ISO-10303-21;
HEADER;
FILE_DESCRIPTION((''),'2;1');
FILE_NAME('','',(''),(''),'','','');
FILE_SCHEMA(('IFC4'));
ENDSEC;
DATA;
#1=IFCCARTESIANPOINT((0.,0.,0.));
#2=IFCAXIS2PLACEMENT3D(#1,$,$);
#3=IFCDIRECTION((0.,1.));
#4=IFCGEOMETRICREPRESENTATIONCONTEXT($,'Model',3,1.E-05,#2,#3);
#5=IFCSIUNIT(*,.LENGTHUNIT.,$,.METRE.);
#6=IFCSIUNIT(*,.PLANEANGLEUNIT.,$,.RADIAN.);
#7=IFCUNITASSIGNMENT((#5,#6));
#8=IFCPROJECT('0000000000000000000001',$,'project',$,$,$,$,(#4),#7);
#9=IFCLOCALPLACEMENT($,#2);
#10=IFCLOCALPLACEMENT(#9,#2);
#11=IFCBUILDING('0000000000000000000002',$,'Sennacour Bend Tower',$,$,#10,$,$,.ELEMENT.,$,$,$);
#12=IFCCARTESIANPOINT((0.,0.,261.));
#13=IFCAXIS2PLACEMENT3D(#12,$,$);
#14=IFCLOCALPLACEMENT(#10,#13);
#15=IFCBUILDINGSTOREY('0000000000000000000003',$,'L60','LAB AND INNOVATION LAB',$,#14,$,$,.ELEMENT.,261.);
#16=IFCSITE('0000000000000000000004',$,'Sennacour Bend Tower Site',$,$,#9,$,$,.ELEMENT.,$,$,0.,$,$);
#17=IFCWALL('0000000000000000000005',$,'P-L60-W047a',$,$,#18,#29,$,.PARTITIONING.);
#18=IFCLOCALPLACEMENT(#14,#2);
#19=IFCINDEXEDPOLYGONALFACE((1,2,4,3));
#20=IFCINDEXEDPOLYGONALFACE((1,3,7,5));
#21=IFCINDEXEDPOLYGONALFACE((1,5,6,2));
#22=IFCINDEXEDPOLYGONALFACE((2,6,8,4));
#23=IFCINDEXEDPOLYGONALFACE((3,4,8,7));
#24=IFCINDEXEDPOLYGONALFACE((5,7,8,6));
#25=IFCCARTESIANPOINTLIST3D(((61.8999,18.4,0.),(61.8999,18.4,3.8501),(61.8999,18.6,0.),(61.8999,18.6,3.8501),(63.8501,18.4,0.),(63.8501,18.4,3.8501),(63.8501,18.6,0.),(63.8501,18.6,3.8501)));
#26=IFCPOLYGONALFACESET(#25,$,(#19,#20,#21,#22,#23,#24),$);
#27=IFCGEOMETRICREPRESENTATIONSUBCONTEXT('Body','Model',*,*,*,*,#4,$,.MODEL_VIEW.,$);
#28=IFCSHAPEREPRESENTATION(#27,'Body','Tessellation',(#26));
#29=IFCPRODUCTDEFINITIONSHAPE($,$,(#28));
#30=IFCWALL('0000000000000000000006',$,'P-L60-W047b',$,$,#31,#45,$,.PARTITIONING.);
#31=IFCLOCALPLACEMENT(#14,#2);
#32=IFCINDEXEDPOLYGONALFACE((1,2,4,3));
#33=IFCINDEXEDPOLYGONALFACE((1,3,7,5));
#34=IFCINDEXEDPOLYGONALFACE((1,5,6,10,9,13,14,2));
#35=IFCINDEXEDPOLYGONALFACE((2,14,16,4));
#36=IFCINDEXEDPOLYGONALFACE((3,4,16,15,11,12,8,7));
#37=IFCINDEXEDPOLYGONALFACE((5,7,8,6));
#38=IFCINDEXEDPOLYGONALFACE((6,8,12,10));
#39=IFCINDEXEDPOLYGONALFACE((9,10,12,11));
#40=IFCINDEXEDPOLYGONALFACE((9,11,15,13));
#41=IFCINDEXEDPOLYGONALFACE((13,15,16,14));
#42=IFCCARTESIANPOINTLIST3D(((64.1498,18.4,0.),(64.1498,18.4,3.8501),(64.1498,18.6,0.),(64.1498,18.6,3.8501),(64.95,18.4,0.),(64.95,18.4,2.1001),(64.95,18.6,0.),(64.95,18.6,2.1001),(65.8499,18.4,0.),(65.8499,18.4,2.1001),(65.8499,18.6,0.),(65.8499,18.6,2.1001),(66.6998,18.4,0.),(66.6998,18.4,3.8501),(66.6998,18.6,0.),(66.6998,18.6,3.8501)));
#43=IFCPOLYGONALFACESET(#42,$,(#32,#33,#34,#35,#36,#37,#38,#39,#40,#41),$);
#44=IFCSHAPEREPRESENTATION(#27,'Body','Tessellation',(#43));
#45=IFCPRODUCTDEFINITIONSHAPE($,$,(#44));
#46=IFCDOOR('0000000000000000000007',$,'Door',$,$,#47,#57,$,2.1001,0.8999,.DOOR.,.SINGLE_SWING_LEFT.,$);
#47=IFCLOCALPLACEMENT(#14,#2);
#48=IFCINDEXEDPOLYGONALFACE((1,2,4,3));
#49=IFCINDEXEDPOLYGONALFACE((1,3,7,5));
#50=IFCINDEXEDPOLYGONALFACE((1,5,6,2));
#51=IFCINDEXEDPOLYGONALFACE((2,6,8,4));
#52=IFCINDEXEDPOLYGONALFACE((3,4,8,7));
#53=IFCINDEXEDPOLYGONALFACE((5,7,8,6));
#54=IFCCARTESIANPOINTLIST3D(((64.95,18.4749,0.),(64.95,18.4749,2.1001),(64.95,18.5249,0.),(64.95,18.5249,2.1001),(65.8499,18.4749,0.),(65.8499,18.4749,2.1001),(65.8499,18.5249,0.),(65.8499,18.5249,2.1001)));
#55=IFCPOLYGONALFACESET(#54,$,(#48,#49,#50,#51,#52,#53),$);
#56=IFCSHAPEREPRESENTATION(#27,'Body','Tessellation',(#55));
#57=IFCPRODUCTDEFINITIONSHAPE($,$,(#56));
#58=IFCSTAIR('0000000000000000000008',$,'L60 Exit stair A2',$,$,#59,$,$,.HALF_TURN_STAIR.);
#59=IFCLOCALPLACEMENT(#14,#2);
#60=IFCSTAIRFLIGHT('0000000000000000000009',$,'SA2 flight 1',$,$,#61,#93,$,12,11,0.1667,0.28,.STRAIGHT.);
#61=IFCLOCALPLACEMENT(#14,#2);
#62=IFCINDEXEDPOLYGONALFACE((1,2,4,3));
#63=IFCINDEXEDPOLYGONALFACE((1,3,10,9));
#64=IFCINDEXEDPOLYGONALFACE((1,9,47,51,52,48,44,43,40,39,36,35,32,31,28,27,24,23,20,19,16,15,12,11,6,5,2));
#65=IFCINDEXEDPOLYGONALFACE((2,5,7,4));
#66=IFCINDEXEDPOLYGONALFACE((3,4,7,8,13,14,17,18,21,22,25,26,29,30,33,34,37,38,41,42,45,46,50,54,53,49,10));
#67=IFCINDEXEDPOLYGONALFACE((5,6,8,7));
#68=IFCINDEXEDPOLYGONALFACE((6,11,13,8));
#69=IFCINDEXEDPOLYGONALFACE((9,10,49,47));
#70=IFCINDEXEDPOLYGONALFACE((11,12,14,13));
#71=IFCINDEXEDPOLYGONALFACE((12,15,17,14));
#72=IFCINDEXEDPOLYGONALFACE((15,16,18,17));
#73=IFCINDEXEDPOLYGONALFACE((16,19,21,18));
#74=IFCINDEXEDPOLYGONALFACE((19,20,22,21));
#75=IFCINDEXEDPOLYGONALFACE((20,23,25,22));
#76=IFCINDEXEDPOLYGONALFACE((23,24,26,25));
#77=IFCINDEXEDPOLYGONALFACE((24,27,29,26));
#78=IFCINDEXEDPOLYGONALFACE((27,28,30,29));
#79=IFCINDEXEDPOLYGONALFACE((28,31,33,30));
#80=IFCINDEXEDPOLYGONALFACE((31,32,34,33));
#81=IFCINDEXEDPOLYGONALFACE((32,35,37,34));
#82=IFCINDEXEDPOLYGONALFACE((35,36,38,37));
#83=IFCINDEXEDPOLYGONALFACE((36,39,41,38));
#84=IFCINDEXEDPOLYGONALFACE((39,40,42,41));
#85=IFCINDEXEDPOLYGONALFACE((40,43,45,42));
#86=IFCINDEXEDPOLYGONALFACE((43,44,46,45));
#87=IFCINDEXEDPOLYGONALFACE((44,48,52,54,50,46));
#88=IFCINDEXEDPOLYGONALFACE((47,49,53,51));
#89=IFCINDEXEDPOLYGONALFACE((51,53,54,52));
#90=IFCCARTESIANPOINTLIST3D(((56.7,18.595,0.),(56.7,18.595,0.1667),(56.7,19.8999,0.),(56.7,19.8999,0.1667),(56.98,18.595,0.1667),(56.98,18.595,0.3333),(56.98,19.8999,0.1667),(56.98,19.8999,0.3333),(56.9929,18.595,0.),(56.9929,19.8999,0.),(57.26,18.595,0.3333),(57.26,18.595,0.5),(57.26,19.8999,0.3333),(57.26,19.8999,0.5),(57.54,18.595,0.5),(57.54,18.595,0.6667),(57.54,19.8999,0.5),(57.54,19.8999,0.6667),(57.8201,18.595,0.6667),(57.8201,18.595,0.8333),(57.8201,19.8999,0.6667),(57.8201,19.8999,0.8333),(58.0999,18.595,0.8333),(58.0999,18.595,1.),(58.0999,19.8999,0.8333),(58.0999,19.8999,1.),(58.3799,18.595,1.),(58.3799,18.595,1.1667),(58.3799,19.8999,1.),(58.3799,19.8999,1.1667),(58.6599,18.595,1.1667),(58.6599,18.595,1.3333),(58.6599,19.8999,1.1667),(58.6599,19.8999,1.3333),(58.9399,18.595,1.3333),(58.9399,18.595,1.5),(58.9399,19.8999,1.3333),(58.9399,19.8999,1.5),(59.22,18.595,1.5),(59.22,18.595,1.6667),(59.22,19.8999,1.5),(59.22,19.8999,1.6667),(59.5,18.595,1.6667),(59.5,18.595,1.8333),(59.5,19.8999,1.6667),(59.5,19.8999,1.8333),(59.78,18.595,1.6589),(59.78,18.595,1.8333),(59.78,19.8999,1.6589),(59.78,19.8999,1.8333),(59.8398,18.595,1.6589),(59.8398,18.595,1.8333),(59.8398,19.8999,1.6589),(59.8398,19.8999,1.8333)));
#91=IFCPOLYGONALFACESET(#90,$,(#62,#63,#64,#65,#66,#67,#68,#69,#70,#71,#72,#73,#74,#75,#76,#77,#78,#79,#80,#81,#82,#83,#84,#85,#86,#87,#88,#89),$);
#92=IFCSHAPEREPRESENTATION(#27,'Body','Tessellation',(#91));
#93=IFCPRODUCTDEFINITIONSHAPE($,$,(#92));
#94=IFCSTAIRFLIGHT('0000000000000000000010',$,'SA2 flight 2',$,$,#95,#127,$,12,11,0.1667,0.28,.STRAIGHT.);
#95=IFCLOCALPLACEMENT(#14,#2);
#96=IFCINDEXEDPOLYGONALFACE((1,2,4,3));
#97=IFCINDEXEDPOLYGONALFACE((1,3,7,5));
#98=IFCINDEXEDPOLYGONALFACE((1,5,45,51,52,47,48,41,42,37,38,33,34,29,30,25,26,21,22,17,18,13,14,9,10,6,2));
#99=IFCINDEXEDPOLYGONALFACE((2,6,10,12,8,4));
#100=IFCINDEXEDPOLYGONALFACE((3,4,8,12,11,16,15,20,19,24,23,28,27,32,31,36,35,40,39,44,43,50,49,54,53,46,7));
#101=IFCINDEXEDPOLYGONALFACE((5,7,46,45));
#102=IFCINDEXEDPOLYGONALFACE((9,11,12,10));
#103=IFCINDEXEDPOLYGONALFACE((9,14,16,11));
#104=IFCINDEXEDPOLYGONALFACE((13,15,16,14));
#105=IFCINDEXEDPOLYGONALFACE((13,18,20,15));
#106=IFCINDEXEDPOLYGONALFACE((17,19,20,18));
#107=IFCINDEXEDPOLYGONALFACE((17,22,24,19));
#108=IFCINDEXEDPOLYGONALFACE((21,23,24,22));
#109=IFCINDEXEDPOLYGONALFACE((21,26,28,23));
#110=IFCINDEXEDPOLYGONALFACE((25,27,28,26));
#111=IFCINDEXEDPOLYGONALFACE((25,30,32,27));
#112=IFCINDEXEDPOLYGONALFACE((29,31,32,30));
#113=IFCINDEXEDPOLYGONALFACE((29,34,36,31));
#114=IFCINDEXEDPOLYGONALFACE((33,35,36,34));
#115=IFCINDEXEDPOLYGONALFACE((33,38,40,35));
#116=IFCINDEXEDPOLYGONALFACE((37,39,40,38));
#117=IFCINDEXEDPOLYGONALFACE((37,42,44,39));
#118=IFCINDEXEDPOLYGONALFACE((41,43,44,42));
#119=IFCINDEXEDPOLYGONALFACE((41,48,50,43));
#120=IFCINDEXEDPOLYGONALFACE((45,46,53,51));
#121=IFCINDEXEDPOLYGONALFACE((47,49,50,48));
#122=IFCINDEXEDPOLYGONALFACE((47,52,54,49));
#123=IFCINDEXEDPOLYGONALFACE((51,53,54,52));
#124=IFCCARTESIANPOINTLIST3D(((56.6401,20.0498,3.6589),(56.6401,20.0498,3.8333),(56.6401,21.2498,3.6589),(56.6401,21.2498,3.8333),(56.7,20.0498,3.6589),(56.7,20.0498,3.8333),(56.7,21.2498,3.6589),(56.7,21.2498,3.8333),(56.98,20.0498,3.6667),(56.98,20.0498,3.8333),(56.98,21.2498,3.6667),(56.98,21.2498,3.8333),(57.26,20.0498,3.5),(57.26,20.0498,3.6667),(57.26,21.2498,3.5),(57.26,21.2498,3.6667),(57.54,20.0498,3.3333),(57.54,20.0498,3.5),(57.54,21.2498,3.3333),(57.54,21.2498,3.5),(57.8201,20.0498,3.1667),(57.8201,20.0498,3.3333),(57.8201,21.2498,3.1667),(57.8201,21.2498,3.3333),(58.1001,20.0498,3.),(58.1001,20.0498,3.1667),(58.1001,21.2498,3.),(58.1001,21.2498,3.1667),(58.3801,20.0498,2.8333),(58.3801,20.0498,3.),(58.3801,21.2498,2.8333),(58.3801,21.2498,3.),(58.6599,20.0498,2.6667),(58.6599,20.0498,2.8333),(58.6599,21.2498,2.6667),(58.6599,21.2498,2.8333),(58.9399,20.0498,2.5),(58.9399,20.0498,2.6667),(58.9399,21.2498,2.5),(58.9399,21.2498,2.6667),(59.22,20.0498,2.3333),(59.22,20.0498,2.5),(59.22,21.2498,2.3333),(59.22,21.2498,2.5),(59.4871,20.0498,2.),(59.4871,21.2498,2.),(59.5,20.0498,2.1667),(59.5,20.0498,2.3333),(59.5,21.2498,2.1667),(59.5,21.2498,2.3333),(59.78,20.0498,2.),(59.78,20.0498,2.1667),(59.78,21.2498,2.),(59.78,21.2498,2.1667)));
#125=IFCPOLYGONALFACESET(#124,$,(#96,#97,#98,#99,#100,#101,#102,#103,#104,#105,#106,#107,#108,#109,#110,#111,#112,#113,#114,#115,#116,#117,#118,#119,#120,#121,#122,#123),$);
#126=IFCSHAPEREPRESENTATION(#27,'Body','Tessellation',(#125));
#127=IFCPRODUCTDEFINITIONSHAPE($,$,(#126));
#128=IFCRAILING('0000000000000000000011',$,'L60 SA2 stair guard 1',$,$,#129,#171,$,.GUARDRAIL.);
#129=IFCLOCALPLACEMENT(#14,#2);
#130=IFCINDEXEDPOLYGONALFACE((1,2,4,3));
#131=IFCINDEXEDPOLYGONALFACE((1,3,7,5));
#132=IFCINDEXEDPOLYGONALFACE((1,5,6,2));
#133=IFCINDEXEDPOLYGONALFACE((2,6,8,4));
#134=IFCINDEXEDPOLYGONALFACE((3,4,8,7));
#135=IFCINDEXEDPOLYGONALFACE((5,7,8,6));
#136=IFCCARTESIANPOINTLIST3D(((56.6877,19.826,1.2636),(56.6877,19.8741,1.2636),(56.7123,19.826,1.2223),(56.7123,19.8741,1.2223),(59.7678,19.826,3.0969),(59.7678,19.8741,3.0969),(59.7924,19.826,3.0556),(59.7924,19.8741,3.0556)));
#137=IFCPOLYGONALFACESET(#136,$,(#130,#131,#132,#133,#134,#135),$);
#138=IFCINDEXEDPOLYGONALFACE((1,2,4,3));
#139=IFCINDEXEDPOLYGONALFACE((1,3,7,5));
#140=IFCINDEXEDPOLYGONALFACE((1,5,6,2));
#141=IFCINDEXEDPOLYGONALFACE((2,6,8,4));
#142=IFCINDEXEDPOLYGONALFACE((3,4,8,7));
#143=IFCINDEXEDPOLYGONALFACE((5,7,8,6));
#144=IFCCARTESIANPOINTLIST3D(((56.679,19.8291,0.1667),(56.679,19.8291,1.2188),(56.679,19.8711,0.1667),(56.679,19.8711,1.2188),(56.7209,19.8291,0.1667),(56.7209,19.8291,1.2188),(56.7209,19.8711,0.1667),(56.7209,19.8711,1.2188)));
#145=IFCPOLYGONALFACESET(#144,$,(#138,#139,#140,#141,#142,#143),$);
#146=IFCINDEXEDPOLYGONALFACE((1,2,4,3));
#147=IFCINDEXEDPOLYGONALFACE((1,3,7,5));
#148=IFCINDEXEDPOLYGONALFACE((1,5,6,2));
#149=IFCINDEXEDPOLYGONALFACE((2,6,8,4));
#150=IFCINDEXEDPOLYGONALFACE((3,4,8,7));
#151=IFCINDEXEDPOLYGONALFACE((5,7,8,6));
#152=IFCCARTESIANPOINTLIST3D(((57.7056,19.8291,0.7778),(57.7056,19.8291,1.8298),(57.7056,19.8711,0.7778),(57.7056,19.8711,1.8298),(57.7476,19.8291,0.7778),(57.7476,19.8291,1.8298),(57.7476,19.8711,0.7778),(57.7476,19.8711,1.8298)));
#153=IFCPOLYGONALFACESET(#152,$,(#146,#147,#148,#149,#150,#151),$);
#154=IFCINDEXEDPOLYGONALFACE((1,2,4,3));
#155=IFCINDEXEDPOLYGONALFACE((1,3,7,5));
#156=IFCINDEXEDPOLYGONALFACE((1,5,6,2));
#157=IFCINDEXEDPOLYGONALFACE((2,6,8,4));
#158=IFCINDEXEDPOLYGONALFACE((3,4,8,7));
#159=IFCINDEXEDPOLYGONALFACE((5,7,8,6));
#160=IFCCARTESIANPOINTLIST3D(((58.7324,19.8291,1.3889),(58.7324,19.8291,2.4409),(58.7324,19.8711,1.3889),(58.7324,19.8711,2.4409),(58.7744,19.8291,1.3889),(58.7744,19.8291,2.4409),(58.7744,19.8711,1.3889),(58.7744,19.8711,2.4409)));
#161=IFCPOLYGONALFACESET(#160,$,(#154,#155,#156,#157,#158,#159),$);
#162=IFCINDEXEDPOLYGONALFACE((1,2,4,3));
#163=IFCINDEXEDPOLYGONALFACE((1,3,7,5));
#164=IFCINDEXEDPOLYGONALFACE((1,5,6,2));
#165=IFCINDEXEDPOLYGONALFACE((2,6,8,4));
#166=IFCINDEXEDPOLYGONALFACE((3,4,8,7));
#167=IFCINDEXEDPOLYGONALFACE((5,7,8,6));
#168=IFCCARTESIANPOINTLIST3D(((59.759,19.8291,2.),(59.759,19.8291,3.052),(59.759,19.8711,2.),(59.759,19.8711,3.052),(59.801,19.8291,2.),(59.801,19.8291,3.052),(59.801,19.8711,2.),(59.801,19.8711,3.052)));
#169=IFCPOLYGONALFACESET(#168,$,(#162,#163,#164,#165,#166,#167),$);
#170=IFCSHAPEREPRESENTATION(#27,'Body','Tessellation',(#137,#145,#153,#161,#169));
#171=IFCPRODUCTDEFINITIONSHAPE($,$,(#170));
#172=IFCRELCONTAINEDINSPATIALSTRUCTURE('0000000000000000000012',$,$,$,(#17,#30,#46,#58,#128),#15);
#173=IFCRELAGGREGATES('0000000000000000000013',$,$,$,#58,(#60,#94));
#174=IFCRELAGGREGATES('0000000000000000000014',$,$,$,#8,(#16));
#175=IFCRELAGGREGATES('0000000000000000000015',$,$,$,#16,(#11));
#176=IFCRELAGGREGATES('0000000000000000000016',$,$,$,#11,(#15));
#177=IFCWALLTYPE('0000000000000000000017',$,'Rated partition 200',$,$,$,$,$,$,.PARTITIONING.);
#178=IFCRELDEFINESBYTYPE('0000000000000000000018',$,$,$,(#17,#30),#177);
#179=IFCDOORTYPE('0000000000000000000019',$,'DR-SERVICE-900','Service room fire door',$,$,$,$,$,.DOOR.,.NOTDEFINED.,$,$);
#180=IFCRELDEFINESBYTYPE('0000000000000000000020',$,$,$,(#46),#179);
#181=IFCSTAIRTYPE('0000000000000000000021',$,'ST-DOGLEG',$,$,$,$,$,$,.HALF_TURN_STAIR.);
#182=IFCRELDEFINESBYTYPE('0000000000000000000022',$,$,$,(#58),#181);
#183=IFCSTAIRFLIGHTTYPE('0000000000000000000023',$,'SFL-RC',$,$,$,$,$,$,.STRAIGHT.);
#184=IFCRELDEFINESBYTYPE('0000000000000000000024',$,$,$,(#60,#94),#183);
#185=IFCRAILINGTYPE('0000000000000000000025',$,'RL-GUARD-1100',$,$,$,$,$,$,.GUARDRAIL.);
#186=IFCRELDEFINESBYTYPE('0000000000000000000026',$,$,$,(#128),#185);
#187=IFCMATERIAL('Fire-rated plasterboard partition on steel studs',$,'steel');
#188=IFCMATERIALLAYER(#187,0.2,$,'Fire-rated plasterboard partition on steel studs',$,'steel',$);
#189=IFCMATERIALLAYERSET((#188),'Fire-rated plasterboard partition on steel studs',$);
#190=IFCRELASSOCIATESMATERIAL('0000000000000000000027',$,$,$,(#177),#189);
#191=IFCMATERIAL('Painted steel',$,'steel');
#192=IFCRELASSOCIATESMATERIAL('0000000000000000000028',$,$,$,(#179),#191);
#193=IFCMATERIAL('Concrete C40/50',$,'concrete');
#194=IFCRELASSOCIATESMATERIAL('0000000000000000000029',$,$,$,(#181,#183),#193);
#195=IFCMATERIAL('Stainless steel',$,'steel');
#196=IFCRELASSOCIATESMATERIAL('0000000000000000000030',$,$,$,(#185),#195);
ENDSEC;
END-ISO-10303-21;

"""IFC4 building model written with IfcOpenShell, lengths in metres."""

from ifc_helpers import new_model, si_unit, direction, frame, frame_2d, origin, origin_2d, place, context, subcontext, project, spatial, polyline, rectangle, outline, extrude, material, layer, layer_set, type_object, element, fill, aggregate, save


model = new_model("IFC4")

# Units and contexts
model_context = context("Model", 3, precision=1e-05, world=origin(), true_north=direction((0.0, 1.0)))
body_context = subcontext(model_context, "Body", "Model", "MODEL_VIEW")
ifc_project = project(units=[si_unit("LENGTHUNIT", "METRE"), si_unit("PLANEANGLEUNIT", "RADIAN")], contexts=[model_context])

# Site, building, storey
site_placement = place(None, origin())
site = spatial("IfcSite", under=ifc_project, at=site_placement, Name="Sennacour Bend Tower Site", CompositionType="ELEMENT", RefElevation=0.0)
building_placement = place(site_placement, origin())
building = spatial("IfcBuilding", under=site, at=building_placement, Name="Sennacour Bend Tower", CompositionType="ELEMENT")
storey_placement = place(building_placement, frame((0.0, 0.0, 261.0)))
storey = spatial("IfcBuildingStorey", under=building, at=storey_placement, Name="L60", Description="LAB AND INNOVATION LAB", CompositionType="ELEMENT", Elevation=261.0)

# Wall
ifc_material_1 = material(Name="Fire-rated plasterboard partition on steel studs", Category="steel")
ifc_layer = layer(ifc_material_1, 0.2, Name="Fire-rated plasterboard partition on steel studs", Category="steel")
ifc_layer_set = layer_set([ifc_layer], Name="Fire-rated plasterboard partition on steel studs")
wall_type = type_object("IfcWallType", Name="Rated partition 200", PredefinedType="PARTITIONING", material=ifc_layer_set)
wall_1_placement = place(storey_placement, frame((61.8999, 18.5, 0.0), z_axis=(0.0, 0.0, 1.0), x_axis=(1.0, 0.0, 0.0)))
element("IfcWall", 1, at=wall_1_placement, inside=storey, type_object=wall_type, Name="P-L60-W047a", PredefinedType="PARTITIONING", context=body_context, shape_type="SweptSolid", body=[
    extrude(rectangle(XDim=1.9502, YDim=0.2, at=frame_2d((0.9751, 0.0))), origin(), (0.0, 0.0, 1.0), 3.8501),
])

# Wall, opening, door
wall_2_placement = place(storey_placement, frame((64.1499, 18.5, 0.0), z_axis=(0.0, 0.0, 1.0), x_axis=(1.0, 0.0, 0.0)))
wall_2 = element("IfcWall", 2, at=wall_2_placement, inside=storey, type_object=wall_type, Name="P-L60-W047b", PredefinedType="PARTITIONING", context=body_context, shape_type="SweptSolid", body=[
    extrude(rectangle(XDim=2.55, YDim=0.2, at=frame_2d((1.2749, 0.0))), origin(), (0.0, 0.0, 1.0), 3.8501),
])
opening_placement = place(wall_2_placement, frame((0.8, 0.0, 0.0)))
opening = element("IfcOpeningElement", 3, at=opening_placement, cuts=wall_2, PredefinedType="OPENING", context=body_context, shape_type="SweptSolid", body=[
    extrude(rectangle(XDim=0.8999, YDim=2.1001, at=frame_2d((0.45, 1.05))), frame((0.0, 0.1099, 0.0), z_axis=(0.0, -1.0, 0.0), x_axis=(1.0, 0.0, 0.0)), (0.0, 0.0, 1.0), 0.22),
])
ifc_material_2 = material(Name="Painted steel", Category="steel")
door_type = type_object("IfcDoorType", Name="DR-SERVICE-900", Description="Service room fire door", OperationType="NOTDEFINED", PredefinedType="DOOR", material=ifc_material_2)
door_placement = place(opening_placement, origin())
door = element("IfcDoor", 4, at=door_placement, inside=storey, type_object=door_type, Name="Door", OperationType="SINGLE_SWING_LEFT", OverallHeight=2.1001, OverallWidth=0.8999, PredefinedType="DOOR", context=body_context, shape_type="SweptSolid", body=[
    extrude(rectangle(XDim=0.8999, YDim=2.1001, at=frame_2d((0.45, 1.05))), frame((0.0, 0.0249, 0.0), z_axis=(0.0, -1.0, 0.0), x_axis=(1.0, 0.0, 0.0)), (0.0, 0.0, 1.0), 0.05),
])
fill(opening, door)

# Stair, stair flights
ifc_material_3 = material(Name="Concrete C40/50", Category="concrete")
stair_type = type_object("IfcStairType", Name="ST-DOGLEG", PredefinedType="HALF_TURN_STAIR", material=ifc_material_3)
stair_placement = place(storey_placement, origin())
stair = element("IfcStair", 5, at=stair_placement, inside=storey, type_object=stair_type, Name="L60 Exit stair A2", PredefinedType="HALF_TURN_STAIR")
stair_flight_type = type_object("IfcStairFlightType", Name="SFL-RC", PredefinedType="STRAIGHT", material=ifc_material_3)
stair_flight_1_placement = place(storey_placement, frame((56.7, 19.2476, 0.0), z_axis=(0.0, 0.0, 1.0), x_axis=(1.0, 0.0, 0.0)))
stair_flight_1 = element("IfcStairFlight", 6, at=stair_flight_1_placement, type_object=stair_flight_type, Name="SA2 flight 1", NumberOfRisers=12, NumberOfTreads=11, PredefinedType="STRAIGHT", RiserHeight=0.1667, TreadLength=0.28, context=body_context, shape_type="SweptSolid", body=[
    extrude(outline(polyline([(0.0, 0.0), (0.0, 0.1667), (0.28, 0.1667), (0.28, 0.3333), (0.5601, 0.3333), (0.5601, 0.5), (0.8401, 0.5), (0.8401, 0.6667), (1.1201, 0.6667), (1.1201, 0.8333), (1.3999, 0.8333), (1.3999, 1.0), (1.6799, 1.0), (1.6799, 1.1667), (1.96, 1.1667), (1.96, 1.3333), (2.24, 1.3333), (2.24, 1.5), (2.52, 1.5), (2.52, 1.6667), (2.8, 1.6667), (2.8, 1.8333), (3.0801, 1.8333), (3.1399, 1.8333), (3.1399, 1.6589), (3.0801, 1.6589), (0.293, 0.0), (0.0, 0.0)])), frame((0.0, 0.6523, 0.0), z_axis=(0.0, -1.0, 0.0), x_axis=(1.0, 0.0, 0.0)), (0.0, 0.0, 1.0), 1.3049),
])
stair_flight_2_placement = place(storey_placement, frame((59.78, 20.6499, 2.0), z_axis=(0.0, 0.0, 1.0), x_axis=(-1.0, 0.0, 0.0)))
stair_flight_2 = element("IfcStairFlight", 7, at=stair_flight_2_placement, type_object=stair_flight_type, Name="SA2 flight 2", NumberOfRisers=12, NumberOfTreads=11, PredefinedType="STRAIGHT", RiserHeight=0.1667, TreadLength=0.28, context=body_context, shape_type="SweptSolid", body=[
    extrude(outline(polyline([(0.0, 0.0), (0.0, 0.1667), (0.28, 0.1667), (0.28, 0.3333), (0.5601, 0.3333), (0.5601, 0.5), (0.8401, 0.5), (0.8401, 0.6667), (1.1201, 0.6667), (1.1201, 0.8333), (1.3999, 0.8333), (1.3999, 1.0), (1.6799, 1.0), (1.6799, 1.1667), (1.96, 1.1667), (1.96, 1.3333), (2.24, 1.3333), (2.24, 1.5), (2.52, 1.5), (2.52, 1.6667), (2.8, 1.6667), (2.8, 1.8333), (3.0801, 1.8333), (3.1399, 1.8333), (3.1399, 1.6589), (3.0801, 1.6589), (0.293, 0.0), (0.0, 0.0)])), frame((0.0, 0.6001, 0.0), z_axis=(0.0, -1.0, 0.0), x_axis=(1.0, 0.0, 0.0)), (0.0, 0.0, 1.0), 1.2),
])
aggregate(stair, [stair_flight_1, stair_flight_2])

# Railing
ifc_material_4 = material(Name="Stainless steel", Category="steel")
railing_type_1 = type_object("IfcRailingType", Name="RL-GUARD-1100", PredefinedType="GUARDRAIL", material=ifc_material_4)
railing_1_placement = place(storey_placement, frame((56.7, 19.8501, 0.1667)))
element("IfcRailing", 8, at=railing_1_placement, inside=storey, type_object=railing_type_1, Name="L60 SA2 stair guard 1", PredefinedType="GUARDRAIL", context=body_context, shape_type="SweptSolid", body=[
    extrude(rectangle(XDim=0.0481, YDim=0.0481, at=origin_2d()), frame((0.0, 0.0, 1.0762), z_axis=(0.859309, 0.0, 0.511458), x_axis=(0.0, 1.0, 0.0)), (0.0, 0.0, 1.0), 3.5845),
    extrude(rectangle(XDim=0.042, YDim=0.042, at=origin_2d()), origin(), (0.0, 0.0, 1.0), 1.052),
    extrude(rectangle(XDim=0.042, YDim=0.042, at=origin_2d()), frame((1.0266, 0.0, 0.6111)), (0.0, 0.0, 1.0), 1.052),
    extrude(rectangle(XDim=0.042, YDim=0.042, at=origin_2d()), frame((2.0535, 0.0, 1.2222)), (0.0, 0.0, 1.0), 1.052),
    extrude(rectangle(XDim=0.042, YDim=0.042, at=origin_2d()), frame((3.0801, 0.0, 1.8333)), (0.0, 0.0, 1.0), 1.052),
])

save(model, "model.ifc")
